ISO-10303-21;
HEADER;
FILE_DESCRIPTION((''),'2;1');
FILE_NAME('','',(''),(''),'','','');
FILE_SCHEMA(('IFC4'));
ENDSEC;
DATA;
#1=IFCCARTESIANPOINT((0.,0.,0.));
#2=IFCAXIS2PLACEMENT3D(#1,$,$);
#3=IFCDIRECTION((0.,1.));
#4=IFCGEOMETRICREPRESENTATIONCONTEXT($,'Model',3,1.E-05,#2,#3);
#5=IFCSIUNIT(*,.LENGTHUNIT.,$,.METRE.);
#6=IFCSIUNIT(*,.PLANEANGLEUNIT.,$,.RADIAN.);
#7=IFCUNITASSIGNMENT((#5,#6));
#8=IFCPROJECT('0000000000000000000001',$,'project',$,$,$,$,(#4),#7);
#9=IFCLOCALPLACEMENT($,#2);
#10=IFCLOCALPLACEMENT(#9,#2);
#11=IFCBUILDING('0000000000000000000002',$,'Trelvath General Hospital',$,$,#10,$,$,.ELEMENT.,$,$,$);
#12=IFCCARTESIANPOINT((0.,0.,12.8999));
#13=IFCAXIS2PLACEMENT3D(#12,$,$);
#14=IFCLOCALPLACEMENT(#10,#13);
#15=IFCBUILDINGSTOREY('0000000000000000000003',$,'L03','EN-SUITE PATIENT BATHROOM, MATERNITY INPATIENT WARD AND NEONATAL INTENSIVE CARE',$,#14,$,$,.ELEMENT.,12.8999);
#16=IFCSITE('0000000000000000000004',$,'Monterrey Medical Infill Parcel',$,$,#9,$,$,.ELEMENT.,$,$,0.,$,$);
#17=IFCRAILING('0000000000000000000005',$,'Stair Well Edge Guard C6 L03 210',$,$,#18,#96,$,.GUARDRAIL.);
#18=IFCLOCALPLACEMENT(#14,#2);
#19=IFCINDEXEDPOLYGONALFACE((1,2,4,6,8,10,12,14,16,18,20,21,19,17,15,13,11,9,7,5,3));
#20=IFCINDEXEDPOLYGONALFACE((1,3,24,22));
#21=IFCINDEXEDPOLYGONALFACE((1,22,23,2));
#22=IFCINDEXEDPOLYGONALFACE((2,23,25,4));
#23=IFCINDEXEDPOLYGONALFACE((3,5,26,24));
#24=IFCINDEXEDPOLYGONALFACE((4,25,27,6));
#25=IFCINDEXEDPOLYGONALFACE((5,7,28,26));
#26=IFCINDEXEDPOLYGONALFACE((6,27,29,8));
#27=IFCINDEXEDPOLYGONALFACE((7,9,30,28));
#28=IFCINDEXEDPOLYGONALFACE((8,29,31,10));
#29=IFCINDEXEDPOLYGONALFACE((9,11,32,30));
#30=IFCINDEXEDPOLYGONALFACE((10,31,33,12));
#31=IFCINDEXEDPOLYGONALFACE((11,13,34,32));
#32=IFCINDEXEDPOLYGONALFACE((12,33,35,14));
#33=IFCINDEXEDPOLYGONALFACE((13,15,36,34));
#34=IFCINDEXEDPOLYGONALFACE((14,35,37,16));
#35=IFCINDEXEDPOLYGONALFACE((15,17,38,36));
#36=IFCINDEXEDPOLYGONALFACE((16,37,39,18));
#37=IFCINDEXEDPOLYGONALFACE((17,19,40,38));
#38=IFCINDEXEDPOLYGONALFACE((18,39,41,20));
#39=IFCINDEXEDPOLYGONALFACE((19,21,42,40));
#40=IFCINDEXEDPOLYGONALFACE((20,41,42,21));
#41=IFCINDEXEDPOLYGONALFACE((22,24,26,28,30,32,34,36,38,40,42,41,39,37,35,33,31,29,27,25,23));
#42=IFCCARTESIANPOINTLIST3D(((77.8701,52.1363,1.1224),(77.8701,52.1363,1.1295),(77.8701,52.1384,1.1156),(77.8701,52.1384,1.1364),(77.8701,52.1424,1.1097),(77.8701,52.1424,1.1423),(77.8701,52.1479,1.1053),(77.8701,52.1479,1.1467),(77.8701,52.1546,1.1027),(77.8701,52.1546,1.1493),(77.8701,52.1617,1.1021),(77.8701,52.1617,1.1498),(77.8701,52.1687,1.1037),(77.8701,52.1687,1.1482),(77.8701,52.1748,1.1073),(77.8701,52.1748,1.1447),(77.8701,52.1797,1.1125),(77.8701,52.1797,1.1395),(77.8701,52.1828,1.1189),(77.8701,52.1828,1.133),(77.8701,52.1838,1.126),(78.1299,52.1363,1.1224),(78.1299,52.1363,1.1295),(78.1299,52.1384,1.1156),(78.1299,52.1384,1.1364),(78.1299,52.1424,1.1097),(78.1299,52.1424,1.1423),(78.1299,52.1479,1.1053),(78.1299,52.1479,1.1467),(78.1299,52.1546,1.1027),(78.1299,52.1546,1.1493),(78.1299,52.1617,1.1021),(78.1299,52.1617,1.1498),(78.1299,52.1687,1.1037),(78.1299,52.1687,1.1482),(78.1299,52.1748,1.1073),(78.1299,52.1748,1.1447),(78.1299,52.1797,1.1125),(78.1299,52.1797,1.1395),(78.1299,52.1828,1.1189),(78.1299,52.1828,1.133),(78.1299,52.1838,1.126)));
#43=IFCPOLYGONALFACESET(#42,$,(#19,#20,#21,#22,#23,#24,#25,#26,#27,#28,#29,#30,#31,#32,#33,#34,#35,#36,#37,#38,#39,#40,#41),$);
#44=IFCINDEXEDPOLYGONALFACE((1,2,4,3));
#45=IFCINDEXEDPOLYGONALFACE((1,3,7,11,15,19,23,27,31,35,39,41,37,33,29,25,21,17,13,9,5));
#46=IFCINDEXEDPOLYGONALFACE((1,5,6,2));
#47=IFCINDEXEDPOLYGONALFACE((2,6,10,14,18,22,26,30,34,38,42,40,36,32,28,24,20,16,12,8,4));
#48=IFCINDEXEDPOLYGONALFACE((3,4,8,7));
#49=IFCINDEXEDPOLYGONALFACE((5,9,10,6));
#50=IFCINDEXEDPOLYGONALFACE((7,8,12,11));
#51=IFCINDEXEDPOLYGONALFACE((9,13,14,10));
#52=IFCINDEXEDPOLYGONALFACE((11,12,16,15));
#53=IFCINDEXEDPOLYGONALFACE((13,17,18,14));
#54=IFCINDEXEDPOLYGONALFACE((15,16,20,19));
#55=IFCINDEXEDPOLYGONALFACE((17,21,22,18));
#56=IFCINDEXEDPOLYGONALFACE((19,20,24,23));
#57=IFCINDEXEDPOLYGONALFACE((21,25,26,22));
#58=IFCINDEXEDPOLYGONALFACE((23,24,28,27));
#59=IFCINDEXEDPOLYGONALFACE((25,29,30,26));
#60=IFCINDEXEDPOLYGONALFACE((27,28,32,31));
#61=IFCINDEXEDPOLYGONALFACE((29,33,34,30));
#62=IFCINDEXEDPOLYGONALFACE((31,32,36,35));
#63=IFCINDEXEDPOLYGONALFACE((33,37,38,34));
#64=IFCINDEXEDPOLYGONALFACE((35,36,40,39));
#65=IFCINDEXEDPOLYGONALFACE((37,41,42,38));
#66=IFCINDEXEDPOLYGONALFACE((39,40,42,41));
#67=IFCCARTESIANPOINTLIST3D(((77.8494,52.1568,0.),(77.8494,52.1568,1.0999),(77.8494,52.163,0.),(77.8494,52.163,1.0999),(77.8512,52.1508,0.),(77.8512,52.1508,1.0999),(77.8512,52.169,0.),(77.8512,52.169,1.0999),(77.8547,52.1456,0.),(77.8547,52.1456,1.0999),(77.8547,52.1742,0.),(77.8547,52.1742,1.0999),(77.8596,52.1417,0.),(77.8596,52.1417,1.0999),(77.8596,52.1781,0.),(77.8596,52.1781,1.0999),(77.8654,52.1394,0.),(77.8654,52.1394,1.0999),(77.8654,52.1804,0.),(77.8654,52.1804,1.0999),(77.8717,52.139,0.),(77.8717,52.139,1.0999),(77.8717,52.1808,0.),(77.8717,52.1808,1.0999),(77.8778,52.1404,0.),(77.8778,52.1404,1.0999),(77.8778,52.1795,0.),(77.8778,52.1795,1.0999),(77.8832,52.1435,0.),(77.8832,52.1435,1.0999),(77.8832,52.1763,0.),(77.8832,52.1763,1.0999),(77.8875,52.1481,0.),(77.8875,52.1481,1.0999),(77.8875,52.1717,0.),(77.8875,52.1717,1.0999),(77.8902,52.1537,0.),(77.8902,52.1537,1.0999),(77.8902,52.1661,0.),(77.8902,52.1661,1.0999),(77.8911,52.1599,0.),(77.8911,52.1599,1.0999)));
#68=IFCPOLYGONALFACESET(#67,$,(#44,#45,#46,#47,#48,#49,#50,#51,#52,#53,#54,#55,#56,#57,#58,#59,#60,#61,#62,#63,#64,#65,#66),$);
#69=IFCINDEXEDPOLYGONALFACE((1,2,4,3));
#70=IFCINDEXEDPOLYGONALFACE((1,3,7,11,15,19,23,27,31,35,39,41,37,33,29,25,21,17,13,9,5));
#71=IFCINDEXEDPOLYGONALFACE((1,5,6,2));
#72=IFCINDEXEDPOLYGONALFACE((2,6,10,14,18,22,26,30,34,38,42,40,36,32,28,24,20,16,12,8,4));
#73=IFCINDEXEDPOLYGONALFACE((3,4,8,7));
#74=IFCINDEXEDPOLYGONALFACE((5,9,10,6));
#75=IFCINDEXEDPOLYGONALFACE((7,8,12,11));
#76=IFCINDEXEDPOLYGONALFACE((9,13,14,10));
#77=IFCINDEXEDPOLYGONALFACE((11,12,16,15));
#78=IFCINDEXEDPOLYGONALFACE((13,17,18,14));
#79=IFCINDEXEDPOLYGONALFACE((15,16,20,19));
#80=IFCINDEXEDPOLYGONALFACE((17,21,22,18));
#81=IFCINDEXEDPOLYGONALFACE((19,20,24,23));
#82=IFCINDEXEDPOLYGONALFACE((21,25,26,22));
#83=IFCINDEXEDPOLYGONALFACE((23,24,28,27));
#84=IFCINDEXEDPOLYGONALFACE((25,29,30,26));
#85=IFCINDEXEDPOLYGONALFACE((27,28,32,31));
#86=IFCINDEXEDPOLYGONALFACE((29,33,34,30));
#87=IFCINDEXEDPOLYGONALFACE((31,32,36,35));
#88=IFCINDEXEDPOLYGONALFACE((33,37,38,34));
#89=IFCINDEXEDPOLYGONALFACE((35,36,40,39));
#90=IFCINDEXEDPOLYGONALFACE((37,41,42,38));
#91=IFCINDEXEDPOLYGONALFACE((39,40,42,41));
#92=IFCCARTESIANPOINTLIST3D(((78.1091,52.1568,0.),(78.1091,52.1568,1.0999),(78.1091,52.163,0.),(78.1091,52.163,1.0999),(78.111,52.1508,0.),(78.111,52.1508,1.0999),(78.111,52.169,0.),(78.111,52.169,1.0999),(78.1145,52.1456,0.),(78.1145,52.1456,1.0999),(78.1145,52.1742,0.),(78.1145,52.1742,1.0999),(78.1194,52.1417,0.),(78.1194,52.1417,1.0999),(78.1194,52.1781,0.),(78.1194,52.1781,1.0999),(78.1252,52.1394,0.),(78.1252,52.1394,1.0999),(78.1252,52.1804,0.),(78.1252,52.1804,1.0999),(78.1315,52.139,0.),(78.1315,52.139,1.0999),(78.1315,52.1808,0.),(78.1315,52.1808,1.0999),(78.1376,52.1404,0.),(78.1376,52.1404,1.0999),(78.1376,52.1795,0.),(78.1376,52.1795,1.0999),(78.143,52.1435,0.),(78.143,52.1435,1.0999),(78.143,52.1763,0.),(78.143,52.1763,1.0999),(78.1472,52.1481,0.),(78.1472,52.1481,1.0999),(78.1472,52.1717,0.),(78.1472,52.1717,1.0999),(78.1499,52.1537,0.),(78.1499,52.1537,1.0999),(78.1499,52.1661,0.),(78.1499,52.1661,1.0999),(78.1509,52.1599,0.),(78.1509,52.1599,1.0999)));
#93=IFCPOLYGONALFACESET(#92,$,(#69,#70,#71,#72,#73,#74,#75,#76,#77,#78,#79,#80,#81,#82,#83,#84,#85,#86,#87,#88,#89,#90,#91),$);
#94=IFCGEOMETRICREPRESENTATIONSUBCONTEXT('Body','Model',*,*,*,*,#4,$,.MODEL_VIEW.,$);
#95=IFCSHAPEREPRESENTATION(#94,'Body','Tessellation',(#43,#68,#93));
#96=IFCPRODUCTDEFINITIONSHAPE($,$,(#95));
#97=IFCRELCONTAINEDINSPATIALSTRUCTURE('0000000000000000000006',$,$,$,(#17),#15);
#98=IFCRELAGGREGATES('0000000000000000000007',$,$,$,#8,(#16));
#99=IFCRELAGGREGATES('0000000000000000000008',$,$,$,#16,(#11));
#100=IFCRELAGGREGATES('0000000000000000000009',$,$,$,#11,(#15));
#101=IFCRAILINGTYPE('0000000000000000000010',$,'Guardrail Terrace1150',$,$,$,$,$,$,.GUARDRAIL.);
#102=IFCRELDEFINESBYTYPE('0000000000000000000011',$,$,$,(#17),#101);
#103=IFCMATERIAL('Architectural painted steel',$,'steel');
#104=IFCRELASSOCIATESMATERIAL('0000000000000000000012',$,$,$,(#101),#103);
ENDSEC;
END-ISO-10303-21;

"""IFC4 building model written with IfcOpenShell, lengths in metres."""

from ifc_helpers import new_model, si_unit, direction, frame, origin, origin_2d, place, context, subcontext, project, spatial, circle, extrude, material, type_object, element, save


model = new_model("IFC4")

# Units and contexts
model_context = context("Model", 3, precision=1e-05, world=origin(), true_north=direction((0.0, 1.0)))
body_context = subcontext(model_context, "Body", "Model", "MODEL_VIEW")
ifc_project = project(units=[si_unit("LENGTHUNIT", "METRE"), si_unit("PLANEANGLEUNIT", "RADIAN")], contexts=[model_context])

# Site, building, storey
site_placement = place(None, origin())
site = spatial("IfcSite", under=ifc_project, at=site_placement, Name="Monterrey Medical Infill Parcel", CompositionType="ELEMENT", RefElevation=0.0)
building_placement = place(site_placement, origin())
building = spatial("IfcBuilding", under=site, at=building_placement, Name="Trelvath General Hospital", CompositionType="ELEMENT")
storey_placement = place(building_placement, frame((0.0, 0.0, 12.8999)))
storey = spatial("IfcBuildingStorey", under=building, at=storey_placement, Name="L03", Description="EN-SUITE PATIENT BATHROOM, MATERNITY INPATIENT WARD AND NEONATAL INTENSIVE CARE", CompositionType="ELEMENT", Elevation=12.8999)

# Railing
ifc_material_1 = material(Name="Architectural painted steel", Category="steel")
railing_type_1 = type_object("IfcRailingType", Name="Guardrail Terrace1150", PredefinedType="GUARDRAIL", material=ifc_material_1)
railing_1_placement = place(storey_placement, frame((77.8701, 52.1599, 0.0)))
element("IfcRailing", 1, at=railing_1_placement, inside=storey, type_object=railing_type_1, Name="Stair Well Edge Guard C6 L03 210", PredefinedType="GUARDRAIL", context=body_context, shape_type="SweptSolid", body=[
    extrude(circle(Radius=0.0239, at=origin_2d()), frame((0.0, 0.0, 1.126), z_axis=(1.0, 0.0, 0.0), x_axis=(0.0, 1.0, 0.0)), (0.0, 0.0, 1.0), 0.2598),
    extrude(circle(Radius=0.021, at=origin_2d()), origin(), (0.0, 0.0, 1.0), 1.0999),
    extrude(circle(Radius=0.021, at=origin_2d()), frame((0.2598, 0.0, 0.0)), (0.0, 0.0, 1.0), 1.0999),
])

save(model, "model.ifc")
